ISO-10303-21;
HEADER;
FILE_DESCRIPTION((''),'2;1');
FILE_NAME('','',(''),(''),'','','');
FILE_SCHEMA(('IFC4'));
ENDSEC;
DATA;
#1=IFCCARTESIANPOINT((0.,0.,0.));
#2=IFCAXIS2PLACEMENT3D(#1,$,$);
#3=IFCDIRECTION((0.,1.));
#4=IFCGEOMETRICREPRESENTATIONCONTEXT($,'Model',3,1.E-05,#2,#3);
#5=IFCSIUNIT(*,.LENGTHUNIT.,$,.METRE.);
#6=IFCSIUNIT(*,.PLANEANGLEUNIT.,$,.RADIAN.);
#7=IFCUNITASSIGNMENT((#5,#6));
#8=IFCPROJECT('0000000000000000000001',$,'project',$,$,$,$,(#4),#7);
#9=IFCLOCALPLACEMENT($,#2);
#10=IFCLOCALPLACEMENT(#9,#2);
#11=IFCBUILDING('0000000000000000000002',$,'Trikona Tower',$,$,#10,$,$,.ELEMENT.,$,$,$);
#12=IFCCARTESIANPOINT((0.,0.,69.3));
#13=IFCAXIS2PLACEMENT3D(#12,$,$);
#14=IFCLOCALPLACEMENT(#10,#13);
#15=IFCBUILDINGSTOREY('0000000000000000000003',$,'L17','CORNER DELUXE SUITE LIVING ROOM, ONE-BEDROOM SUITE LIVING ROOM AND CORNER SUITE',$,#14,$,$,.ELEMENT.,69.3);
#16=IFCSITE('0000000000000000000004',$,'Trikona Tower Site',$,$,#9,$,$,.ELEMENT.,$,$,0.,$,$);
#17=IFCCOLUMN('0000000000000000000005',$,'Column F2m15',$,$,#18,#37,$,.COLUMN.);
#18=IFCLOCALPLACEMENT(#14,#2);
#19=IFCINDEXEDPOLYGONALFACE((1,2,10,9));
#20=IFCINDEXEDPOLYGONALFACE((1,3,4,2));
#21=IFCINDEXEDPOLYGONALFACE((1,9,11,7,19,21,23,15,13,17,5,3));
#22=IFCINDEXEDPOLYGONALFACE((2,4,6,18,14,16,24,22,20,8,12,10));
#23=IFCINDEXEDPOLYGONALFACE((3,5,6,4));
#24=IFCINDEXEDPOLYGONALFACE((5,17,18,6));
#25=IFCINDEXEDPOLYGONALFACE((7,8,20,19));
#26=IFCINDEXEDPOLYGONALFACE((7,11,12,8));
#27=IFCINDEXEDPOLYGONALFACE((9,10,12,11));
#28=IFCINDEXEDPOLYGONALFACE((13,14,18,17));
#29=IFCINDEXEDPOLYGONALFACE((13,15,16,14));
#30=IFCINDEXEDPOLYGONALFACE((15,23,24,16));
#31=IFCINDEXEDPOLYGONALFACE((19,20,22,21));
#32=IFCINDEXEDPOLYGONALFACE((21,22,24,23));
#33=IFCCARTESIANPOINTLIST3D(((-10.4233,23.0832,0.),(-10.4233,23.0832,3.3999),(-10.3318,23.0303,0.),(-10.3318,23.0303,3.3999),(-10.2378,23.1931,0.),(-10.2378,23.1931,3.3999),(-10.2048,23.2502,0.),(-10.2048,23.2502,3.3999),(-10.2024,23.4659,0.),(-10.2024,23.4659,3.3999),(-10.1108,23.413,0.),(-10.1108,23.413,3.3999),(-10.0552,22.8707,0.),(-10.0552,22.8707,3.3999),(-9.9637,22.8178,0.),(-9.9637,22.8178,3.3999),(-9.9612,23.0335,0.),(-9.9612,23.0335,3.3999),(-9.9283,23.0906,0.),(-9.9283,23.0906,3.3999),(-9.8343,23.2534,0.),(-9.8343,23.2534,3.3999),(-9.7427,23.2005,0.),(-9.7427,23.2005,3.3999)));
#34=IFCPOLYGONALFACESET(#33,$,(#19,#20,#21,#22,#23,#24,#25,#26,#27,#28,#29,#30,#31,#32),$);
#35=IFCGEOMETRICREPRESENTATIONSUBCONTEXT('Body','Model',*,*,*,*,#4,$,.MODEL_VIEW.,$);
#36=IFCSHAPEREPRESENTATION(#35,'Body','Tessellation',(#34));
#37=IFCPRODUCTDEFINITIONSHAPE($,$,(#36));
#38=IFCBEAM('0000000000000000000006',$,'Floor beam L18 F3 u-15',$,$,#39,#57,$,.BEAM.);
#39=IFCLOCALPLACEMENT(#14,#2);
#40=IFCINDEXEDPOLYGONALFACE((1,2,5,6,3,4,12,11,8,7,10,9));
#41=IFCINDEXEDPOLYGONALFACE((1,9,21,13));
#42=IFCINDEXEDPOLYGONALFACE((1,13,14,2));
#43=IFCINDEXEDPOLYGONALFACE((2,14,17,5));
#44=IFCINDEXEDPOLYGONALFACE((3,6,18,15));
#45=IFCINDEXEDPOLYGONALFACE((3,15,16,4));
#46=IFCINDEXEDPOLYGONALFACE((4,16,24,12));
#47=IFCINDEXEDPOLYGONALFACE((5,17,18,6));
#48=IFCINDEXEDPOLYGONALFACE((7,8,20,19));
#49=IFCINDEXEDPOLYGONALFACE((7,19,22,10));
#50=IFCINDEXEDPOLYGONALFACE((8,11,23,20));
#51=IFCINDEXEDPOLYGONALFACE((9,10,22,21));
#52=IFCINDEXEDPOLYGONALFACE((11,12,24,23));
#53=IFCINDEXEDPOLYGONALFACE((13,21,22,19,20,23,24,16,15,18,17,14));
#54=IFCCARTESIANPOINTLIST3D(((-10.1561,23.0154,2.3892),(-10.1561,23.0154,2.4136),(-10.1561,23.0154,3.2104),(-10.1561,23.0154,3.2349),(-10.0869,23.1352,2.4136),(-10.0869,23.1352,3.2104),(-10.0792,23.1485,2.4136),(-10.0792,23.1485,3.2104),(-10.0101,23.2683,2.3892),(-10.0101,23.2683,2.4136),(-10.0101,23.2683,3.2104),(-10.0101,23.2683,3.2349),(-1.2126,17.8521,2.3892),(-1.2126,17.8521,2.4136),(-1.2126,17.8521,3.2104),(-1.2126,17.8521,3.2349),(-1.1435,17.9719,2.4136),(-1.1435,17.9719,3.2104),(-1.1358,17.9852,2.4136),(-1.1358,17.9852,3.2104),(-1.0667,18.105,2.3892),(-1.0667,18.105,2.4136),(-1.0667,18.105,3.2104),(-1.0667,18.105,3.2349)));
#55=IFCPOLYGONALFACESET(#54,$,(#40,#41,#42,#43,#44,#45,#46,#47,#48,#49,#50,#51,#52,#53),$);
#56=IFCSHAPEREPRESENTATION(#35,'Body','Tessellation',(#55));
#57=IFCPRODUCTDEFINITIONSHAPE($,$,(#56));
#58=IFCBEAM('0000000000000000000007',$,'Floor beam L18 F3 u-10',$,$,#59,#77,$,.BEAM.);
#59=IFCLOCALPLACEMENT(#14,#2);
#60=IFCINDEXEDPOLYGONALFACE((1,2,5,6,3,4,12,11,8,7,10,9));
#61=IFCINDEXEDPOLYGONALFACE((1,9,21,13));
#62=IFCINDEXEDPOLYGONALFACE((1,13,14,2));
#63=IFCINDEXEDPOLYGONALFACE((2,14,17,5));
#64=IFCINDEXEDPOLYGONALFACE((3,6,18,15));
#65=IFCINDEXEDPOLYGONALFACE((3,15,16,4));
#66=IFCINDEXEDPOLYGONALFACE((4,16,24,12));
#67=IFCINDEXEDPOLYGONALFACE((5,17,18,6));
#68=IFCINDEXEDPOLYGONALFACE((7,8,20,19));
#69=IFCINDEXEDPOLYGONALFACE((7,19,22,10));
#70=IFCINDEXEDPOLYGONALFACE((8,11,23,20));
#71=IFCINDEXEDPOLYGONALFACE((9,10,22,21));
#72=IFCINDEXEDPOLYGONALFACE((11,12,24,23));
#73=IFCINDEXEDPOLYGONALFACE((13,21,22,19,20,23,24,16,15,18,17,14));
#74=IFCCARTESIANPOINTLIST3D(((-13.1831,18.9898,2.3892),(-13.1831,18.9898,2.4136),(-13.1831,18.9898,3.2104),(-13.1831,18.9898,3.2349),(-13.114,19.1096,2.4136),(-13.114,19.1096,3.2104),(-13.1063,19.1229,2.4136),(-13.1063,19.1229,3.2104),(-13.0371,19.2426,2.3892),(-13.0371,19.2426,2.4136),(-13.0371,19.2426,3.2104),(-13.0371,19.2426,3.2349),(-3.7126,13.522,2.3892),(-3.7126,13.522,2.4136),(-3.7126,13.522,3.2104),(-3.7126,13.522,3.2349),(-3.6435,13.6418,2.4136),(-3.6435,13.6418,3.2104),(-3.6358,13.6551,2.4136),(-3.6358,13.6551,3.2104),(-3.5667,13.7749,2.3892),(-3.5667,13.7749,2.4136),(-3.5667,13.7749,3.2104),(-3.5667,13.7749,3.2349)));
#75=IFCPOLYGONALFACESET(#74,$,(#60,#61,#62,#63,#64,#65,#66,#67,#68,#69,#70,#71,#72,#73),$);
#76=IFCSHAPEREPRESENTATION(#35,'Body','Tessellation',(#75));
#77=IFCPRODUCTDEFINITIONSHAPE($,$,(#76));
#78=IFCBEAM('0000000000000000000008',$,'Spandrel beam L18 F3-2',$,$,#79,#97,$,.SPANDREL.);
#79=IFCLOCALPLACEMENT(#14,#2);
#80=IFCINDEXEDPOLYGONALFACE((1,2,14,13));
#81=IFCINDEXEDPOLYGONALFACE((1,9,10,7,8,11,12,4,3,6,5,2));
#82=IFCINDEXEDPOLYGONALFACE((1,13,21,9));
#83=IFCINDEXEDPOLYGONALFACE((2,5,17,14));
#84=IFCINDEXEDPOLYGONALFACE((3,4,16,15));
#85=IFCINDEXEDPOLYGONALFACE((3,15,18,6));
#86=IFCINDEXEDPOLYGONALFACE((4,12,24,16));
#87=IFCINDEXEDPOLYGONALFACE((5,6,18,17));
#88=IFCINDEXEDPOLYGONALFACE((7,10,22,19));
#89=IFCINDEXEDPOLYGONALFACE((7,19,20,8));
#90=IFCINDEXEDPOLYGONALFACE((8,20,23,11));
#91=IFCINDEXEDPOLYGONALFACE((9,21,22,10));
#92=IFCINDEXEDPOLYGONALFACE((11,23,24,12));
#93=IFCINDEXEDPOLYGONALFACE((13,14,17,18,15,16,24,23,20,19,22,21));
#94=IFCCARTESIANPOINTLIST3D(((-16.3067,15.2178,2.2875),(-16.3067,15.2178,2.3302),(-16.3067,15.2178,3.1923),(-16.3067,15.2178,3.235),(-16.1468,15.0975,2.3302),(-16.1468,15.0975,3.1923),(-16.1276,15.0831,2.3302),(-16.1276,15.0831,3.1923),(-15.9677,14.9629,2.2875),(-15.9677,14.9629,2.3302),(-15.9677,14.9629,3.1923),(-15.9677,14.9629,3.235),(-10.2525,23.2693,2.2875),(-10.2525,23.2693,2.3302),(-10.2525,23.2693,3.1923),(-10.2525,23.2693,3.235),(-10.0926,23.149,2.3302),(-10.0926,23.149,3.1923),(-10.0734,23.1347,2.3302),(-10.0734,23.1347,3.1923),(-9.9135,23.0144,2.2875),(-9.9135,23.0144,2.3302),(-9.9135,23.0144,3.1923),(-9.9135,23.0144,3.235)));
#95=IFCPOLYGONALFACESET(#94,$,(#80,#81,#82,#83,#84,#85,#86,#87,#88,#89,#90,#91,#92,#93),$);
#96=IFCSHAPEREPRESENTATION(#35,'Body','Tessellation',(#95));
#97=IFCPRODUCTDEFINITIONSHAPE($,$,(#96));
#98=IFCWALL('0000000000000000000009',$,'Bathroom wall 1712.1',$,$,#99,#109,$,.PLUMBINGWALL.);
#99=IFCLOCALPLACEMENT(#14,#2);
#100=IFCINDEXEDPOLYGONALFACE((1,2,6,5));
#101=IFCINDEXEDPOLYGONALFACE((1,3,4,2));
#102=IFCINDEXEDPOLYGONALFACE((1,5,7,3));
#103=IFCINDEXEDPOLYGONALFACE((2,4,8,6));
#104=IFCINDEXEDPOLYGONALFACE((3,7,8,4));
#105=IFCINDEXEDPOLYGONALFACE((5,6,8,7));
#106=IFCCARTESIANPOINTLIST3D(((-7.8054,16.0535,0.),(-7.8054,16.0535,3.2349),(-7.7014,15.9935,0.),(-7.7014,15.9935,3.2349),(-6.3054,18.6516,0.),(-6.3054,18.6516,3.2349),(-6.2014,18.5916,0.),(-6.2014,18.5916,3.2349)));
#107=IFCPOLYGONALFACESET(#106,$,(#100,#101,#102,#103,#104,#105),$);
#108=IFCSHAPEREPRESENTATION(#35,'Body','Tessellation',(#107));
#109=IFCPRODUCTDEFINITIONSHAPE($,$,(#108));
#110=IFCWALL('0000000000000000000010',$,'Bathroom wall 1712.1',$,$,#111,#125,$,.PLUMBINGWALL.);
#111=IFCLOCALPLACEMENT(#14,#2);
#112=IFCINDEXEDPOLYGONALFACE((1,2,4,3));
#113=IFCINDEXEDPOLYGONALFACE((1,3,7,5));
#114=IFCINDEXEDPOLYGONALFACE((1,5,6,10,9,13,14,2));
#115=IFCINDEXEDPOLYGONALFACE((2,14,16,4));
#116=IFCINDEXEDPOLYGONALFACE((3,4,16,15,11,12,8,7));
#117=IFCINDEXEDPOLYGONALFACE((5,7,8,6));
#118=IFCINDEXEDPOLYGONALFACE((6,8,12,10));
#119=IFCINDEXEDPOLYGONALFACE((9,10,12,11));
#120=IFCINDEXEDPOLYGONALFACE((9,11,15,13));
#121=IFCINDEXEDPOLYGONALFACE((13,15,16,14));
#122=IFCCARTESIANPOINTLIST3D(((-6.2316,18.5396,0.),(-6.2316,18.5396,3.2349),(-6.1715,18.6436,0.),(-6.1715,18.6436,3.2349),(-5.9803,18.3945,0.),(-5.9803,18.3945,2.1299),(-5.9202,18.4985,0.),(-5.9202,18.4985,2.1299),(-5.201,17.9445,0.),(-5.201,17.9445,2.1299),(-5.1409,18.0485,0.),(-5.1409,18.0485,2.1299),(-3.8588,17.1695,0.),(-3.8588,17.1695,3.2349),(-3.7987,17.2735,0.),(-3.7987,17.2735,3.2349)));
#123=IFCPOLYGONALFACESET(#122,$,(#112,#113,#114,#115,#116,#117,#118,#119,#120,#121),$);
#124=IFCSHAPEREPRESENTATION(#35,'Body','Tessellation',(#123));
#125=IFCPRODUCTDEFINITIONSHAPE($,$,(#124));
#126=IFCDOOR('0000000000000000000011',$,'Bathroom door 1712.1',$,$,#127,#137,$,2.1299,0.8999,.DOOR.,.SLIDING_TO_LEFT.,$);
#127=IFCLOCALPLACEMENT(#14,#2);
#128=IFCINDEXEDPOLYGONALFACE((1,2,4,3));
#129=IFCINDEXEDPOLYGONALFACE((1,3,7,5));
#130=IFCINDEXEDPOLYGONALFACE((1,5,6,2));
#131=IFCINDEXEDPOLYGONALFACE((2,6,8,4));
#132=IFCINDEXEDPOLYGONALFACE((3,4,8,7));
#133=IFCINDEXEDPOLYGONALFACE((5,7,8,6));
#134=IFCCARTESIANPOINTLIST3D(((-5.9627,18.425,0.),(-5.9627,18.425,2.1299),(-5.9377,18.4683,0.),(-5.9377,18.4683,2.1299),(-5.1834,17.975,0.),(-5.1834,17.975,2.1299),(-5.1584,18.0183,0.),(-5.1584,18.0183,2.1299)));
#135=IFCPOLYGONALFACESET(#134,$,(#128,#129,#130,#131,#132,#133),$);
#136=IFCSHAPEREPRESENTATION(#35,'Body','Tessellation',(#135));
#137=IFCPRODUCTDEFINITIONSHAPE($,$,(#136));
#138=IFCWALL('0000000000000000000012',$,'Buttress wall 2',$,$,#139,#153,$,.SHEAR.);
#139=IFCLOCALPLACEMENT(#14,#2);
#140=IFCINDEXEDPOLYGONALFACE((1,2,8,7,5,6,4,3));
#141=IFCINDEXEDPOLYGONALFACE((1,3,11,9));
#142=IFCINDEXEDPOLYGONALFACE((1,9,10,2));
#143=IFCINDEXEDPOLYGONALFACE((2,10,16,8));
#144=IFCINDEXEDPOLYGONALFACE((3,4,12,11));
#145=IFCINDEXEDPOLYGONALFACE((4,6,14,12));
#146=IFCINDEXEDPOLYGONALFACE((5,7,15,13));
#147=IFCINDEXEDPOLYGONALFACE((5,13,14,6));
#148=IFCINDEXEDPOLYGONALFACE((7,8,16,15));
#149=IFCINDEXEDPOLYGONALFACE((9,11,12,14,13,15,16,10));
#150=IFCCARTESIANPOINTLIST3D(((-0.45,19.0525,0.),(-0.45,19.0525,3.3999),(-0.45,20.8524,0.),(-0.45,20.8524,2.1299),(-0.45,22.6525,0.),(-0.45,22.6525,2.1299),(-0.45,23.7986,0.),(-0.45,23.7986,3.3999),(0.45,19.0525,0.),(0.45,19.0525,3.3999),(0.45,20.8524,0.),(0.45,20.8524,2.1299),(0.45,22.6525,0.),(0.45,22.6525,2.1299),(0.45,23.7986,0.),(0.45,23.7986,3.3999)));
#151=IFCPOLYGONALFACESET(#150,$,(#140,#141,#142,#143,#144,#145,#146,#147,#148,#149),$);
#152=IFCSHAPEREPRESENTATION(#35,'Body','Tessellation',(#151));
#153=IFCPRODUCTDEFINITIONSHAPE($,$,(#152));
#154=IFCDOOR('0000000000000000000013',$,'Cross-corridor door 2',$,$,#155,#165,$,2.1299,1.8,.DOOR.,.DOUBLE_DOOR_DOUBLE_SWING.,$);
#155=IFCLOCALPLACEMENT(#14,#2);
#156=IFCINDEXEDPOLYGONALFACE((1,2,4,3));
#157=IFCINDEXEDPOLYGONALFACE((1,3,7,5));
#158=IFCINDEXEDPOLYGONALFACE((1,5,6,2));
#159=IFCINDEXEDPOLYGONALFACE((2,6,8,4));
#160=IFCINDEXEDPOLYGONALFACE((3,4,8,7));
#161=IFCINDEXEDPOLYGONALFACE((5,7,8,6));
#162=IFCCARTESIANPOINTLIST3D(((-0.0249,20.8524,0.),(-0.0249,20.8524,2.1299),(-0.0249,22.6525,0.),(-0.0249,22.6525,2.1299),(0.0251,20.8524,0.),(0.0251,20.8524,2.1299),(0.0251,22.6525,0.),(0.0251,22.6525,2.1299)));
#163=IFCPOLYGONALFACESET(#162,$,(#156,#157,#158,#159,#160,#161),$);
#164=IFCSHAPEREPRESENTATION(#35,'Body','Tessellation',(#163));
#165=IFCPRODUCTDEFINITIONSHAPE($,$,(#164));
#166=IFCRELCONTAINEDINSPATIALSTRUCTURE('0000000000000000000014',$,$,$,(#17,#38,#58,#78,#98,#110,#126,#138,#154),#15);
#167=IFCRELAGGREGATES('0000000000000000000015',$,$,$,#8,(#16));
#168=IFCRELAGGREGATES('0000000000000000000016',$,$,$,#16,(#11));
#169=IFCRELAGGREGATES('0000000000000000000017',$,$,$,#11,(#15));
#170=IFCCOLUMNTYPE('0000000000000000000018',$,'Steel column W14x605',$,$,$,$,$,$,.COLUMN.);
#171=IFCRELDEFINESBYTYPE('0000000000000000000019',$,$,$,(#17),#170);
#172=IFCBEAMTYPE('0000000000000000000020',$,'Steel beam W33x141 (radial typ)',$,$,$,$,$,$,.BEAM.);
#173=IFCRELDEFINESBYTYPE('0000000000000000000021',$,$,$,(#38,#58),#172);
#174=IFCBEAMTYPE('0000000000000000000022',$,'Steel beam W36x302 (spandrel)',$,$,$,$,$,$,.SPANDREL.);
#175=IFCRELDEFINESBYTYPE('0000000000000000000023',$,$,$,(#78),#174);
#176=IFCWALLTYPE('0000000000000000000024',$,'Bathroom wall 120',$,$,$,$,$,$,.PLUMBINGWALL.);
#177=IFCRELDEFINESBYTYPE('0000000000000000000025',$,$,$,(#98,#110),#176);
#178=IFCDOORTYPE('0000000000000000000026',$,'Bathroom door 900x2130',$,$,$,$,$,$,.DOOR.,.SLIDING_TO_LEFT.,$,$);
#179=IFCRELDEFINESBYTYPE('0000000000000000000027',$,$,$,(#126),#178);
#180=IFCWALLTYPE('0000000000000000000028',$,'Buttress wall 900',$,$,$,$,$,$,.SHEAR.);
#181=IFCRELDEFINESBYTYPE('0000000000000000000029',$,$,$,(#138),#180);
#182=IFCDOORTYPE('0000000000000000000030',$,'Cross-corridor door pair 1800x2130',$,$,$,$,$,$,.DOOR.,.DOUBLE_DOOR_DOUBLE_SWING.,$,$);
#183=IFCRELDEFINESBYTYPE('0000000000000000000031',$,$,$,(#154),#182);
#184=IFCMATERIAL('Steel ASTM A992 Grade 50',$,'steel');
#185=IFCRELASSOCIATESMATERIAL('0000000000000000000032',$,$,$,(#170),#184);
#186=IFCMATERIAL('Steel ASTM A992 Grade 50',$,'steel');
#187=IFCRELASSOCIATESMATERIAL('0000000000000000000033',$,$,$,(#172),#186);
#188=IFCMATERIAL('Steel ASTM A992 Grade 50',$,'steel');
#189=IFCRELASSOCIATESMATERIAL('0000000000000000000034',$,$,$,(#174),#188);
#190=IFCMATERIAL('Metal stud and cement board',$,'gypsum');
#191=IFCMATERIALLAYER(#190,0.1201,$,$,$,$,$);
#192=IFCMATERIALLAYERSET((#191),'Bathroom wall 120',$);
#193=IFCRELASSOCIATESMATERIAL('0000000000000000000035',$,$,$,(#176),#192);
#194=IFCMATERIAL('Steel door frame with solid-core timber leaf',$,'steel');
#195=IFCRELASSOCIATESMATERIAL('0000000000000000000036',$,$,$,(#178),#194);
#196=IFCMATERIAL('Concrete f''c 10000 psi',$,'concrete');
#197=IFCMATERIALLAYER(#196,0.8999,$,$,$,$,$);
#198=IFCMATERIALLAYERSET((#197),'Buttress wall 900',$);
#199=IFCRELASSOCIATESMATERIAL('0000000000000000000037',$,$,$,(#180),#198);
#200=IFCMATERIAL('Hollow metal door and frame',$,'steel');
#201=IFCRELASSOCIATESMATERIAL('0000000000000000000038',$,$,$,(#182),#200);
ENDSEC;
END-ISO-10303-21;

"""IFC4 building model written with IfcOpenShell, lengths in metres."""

from ifc_helpers import new_model, si_unit, direction, frame, frame_2d, origin, origin_2d, place, context, subcontext, project, spatial, rectangle, i_section, extrude, material, layer, layer_set, material_profile, profile_set, type_object, element, fill, save


model = new_model("IFC4")

# Units and contexts
model_context = context("Model", 3, precision=1e-05, world=origin(), true_north=direction((0.0, 1.0)))
body_context = subcontext(model_context, "Body", "Model", "MODEL_VIEW")
ifc_project = project(units=[si_unit("LENGTHUNIT", "METRE"), si_unit("PLANEANGLEUNIT", "RADIAN")], contexts=[model_context])

# Site, building, storey
site_placement = place(None, origin())
site = spatial("IfcSite", under=ifc_project, at=site_placement, Name="Trikona Tower Site", CompositionType="ELEMENT", RefElevation=0.0)
building_placement = place(site_placement, origin())
building = spatial("IfcBuilding", under=site, at=building_placement, Name="Trikona Tower", CompositionType="ELEMENT")
storey_placement = place(building_placement, frame((0.0, 0.0, 69.3)))
storey = spatial("IfcBuildingStorey", under=building, at=storey_placement, Name="L17", Description="CORNER DELUXE SUITE LIVING ROOM, ONE-BEDROOM SUITE LIVING ROOM AND CORNER SUITE", CompositionType="ELEMENT", Elevation=69.3)

# Column
ifc_material_1 = material(Name="Steel ASTM A992 Grade 50", Category="steel")
ifc_material_profile_1 = material_profile(ifc_material_1, i_section(OverallWidth=0.4419, OverallDepth=0.5308, WebThickness=0.0659, FlangeThickness=0.1057, at=origin_2d()), Name="W14X605")
ifc_profile_set_1 = profile_set([ifc_material_profile_1], Name="Steel ASTM A992 Grade 50")
column_type = type_object("IfcColumnType", Name="Steel column W14x605", PredefinedType="COLUMN", material=ifc_profile_set_1)
column_placement = place(storey_placement, frame((-10.083, 23.1418, 0.0), z_axis=(0.0, 0.0, 1.0), x_axis=(-0.5, -0.866025, 0.0)))
element("IfcColumn", 1, at=column_placement, inside=storey, type_object=column_type, Name="Column F2m15", PredefinedType="COLUMN", context=body_context, shape_type="SweptSolid", body=[
    extrude(i_section(OverallWidth=0.4419, OverallDepth=0.5308, WebThickness=0.0659, FlangeThickness=0.1057, at=origin_2d()), origin(), (0.0, 0.0, 1.0), 3.3999),
])

# Beams
ifc_material_2 = material(Name="Steel ASTM A992 Grade 50", Category="steel")
ifc_material_profile_2 = material_profile(ifc_material_2, i_section(OverallWidth=0.292, OverallDepth=0.8457, WebThickness=0.0154, FlangeThickness=0.0244, at=origin_2d()), Name="W33X141")
ifc_profile_set_2 = profile_set([ifc_material_profile_2], Name="Steel ASTM A992 Grade 50")
beam_type_1 = type_object("IfcBeamType", Name="Steel beam W33x141 (radial typ)", PredefinedType="BEAM", material=ifc_profile_set_2)
beam_1_placement = place(storey_placement, frame((-1.1396, 17.9785, 2.812), z_axis=(-0.86603, 0.499991, 0.0), x_axis=(-0.499991, -0.86603, 0.0)))
element("IfcBeam", 2, at=beam_1_placement, inside=storey, type_object=beam_type_1, Name="Floor beam L18 F3 u-15", PredefinedType="BEAM", context=body_context, shape_type="SweptSolid", body=[
    extrude(i_section(OverallWidth=0.292, OverallDepth=0.8457, WebThickness=0.0154, FlangeThickness=0.0244, at=origin_2d()), origin(), (0.0, 0.0, 1.0), 10.3269),
])
beam_2_placement = place(storey_placement, frame((-3.6396, 13.6484, 2.812), z_axis=(-0.866025, 0.5, 0.0), x_axis=(-0.5, -0.866025, 0.0)))
element("IfcBeam", 3, at=beam_2_placement, inside=storey, type_object=beam_type_1, Name="Floor beam L18 F3 u-10", PredefinedType="BEAM", context=body_context, shape_type="SweptSolid", body=[
    extrude(i_section(OverallWidth=0.292, OverallDepth=0.8457, WebThickness=0.0154, FlangeThickness=0.0244, at=origin_2d()), origin(), (0.0, 0.0, 1.0), 10.9355),
])
ifc_material_3 = material(Name="Steel ASTM A992 Grade 50", Category="steel")
ifc_material_profile_3 = material_profile(ifc_material_3, i_section(OverallWidth=0.4241, OverallDepth=0.9475, WebThickness=0.0239, FlangeThickness=0.0427, at=origin_2d()), Name="W36X302")
ifc_profile_set_3 = profile_set([ifc_material_profile_3], Name="Steel ASTM A992 Grade 50")
beam_type_2 = type_object("IfcBeamType", Name="Steel beam W36x302 (spandrel)", PredefinedType="SPANDREL", material=ifc_profile_set_3)
beam_3_placement = place(storey_placement, frame((-10.083, 23.1418, 2.7612), z_axis=(-0.600988, -0.799258, 0.0), x_axis=(0.799258, -0.600988, 0.0)))
element("IfcBeam", 4, at=beam_3_placement, inside=storey, type_object=beam_type_2, Name="Spandrel beam L18 F3-2", PredefinedType="SPANDREL", context=body_context, shape_type="SweptSolid", body=[
    extrude(i_section(OverallWidth=0.4241, OverallDepth=0.9475, WebThickness=0.0239, FlangeThickness=0.0427, at=origin_2d()), origin(), (0.0, 0.0, 1.0), 10.0737),
])

# Wall
ifc_material_4 = material(Name="Metal stud and cement board", Category="gypsum")
ifc_layer_1 = layer(ifc_material_4, 0.1201)
ifc_layer_set_1 = layer_set([ifc_layer_1], Name="Bathroom wall 120")
wall_type_1 = type_object("IfcWallType", Name="Bathroom wall 120", PredefinedType="PLUMBINGWALL", material=ifc_layer_set_1)
wall_1_placement = place(storey_placement, frame((-6.2534, 18.6216, 0.0), z_axis=(0.0, 0.0, 1.0), x_axis=(-0.49999, -0.866031, 0.0)))
element("IfcWall", 5, at=wall_1_placement, inside=storey, type_object=wall_type_1, Name="Bathroom wall 1712.1", PredefinedType="PLUMBINGWALL", context=body_context, shape_type="SweptSolid", body=[
    extrude(rectangle(XDim=3.0, YDim=0.1201, at=frame_2d((1.5, 0.0))), origin(), (0.0, 0.0, 1.0), 3.2349),
])

# Walls, openings, doors
wall_2_placement = place(storey_placement, frame((-3.8286, 17.2214, 0.0), z_axis=(0.0, 0.0, 1.0), x_axis=(-0.865997, 0.500049, 0.0)))
wall_2 = element("IfcWall", 6, at=wall_2_placement, inside=storey, type_object=wall_type_1, Name="Bathroom wall 1712.1", PredefinedType="PLUMBINGWALL", context=body_context, shape_type="SweptSolid", body=[
    extrude(rectangle(XDim=2.74, YDim=0.1201, at=frame_2d((1.3701, 0.0))), origin(), (0.0, 0.0, 1.0), 3.2349),
])
opening_1_placement = place(wall_2_placement, frame((1.55, 0.0, 0.0)))
opening_1 = element("IfcOpeningElement", 7, at=opening_1_placement, cuts=wall_2, PredefinedType="OPENING", context=body_context, shape_type="SweptSolid", body=[
    extrude(rectangle(XDim=0.8999, YDim=2.1299, at=frame_2d((0.45, 1.0649))), frame((0.0, 0.0701, 0.0), z_axis=(0.0, -1.0, 0.0), x_axis=(1.0, 0.0, 0.0)), (0.0, 0.0, 1.0), 0.1401),
])
ifc_material_5 = material(Name="Steel door frame with solid-core timber leaf", Category="steel")
door_type_1 = type_object("IfcDoorType", Name="Bathroom door 900x2130", OperationType="SLIDING_TO_LEFT", PredefinedType="DOOR", material=ifc_material_5)
door_1_placement = place(opening_1_placement, origin())
door_1 = element("IfcDoor", 8, at=door_1_placement, inside=storey, type_object=door_type_1, Name="Bathroom door 1712.1", OperationType="SLIDING_TO_LEFT", OverallHeight=2.1299, OverallWidth=0.8999, PredefinedType="DOOR", context=body_context, shape_type="SweptSolid", body=[
    extrude(rectangle(XDim=0.8999, YDim=2.1299, at=frame_2d((0.45, 1.0649))), frame((0.0, 0.0249, 0.0), z_axis=(0.0, -1.0, 0.0), x_axis=(1.0, 0.0, 0.0)), (0.0, 0.0, 1.0), 0.05),
])
fill(opening_1, door_1)
ifc_material_6 = material(Name="Concrete f'c 10000 psi", Category="concrete")
ifc_layer_2 = layer(ifc_material_6, 0.8999)
ifc_layer_set_2 = layer_set([ifc_layer_2], Name="Buttress wall 900")
wall_type_2 = type_object("IfcWallType", Name="Buttress wall 900", PredefinedType="SHEAR", material=ifc_layer_set_2)
wall_3_placement = place(storey_placement, frame((0.0, 19.0525, 0.0), z_axis=(0.0, 0.0, 1.0), x_axis=(0.0, 1.0, 0.0)))
wall_3 = element("IfcWall", 9, at=wall_3_placement, inside=storey, type_object=wall_type_2, Name="Buttress wall 2", PredefinedType="SHEAR", context=body_context, shape_type="SweptSolid", body=[
    extrude(rectangle(XDim=4.7461, YDim=0.8999, at=frame_2d((2.373, 0.0))), origin(), (0.0, 0.0, 1.0), 3.3999),
])
opening_2_placement = place(wall_3_placement, frame((1.8, 0.0, 0.0)))
opening_2 = element("IfcOpeningElement", 10, at=opening_2_placement, cuts=wall_3, PredefinedType="OPENING", context=body_context, shape_type="SweptSolid", body=[
    extrude(rectangle(XDim=1.8, YDim=2.1299, at=frame_2d((0.8999, 1.0649))), frame((0.0, 0.46, 0.0), z_axis=(0.0, -1.0, 0.0), x_axis=(1.0, 0.0, 0.0)), (0.0, 0.0, 1.0), 0.9199),
])
ifc_material_7 = material(Name="Hollow metal door and frame", Category="steel")
door_type_2 = type_object("IfcDoorType", Name="Cross-corridor door pair 1800x2130", OperationType="DOUBLE_DOOR_DOUBLE_SWING", PredefinedType="DOOR", material=ifc_material_7)
door_2_placement = place(opening_2_placement, origin())
door_2 = element("IfcDoor", 11, at=door_2_placement, inside=storey, type_object=door_type_2, Name="Cross-corridor door 2", OperationType="DOUBLE_DOOR_DOUBLE_SWING", OverallHeight=2.1299, OverallWidth=1.8, PredefinedType="DOOR", context=body_context, shape_type="SweptSolid", body=[
    extrude(rectangle(XDim=1.8, YDim=2.1299, at=frame_2d((0.8999, 1.0649))), frame((0.0, 0.0249, 0.0), z_axis=(0.0, -1.0, 0.0), x_axis=(1.0, 0.0, 0.0)), (0.0, 0.0, 1.0), 0.05),
])
fill(opening_2, door_2)

save(model, "model.ifc")
